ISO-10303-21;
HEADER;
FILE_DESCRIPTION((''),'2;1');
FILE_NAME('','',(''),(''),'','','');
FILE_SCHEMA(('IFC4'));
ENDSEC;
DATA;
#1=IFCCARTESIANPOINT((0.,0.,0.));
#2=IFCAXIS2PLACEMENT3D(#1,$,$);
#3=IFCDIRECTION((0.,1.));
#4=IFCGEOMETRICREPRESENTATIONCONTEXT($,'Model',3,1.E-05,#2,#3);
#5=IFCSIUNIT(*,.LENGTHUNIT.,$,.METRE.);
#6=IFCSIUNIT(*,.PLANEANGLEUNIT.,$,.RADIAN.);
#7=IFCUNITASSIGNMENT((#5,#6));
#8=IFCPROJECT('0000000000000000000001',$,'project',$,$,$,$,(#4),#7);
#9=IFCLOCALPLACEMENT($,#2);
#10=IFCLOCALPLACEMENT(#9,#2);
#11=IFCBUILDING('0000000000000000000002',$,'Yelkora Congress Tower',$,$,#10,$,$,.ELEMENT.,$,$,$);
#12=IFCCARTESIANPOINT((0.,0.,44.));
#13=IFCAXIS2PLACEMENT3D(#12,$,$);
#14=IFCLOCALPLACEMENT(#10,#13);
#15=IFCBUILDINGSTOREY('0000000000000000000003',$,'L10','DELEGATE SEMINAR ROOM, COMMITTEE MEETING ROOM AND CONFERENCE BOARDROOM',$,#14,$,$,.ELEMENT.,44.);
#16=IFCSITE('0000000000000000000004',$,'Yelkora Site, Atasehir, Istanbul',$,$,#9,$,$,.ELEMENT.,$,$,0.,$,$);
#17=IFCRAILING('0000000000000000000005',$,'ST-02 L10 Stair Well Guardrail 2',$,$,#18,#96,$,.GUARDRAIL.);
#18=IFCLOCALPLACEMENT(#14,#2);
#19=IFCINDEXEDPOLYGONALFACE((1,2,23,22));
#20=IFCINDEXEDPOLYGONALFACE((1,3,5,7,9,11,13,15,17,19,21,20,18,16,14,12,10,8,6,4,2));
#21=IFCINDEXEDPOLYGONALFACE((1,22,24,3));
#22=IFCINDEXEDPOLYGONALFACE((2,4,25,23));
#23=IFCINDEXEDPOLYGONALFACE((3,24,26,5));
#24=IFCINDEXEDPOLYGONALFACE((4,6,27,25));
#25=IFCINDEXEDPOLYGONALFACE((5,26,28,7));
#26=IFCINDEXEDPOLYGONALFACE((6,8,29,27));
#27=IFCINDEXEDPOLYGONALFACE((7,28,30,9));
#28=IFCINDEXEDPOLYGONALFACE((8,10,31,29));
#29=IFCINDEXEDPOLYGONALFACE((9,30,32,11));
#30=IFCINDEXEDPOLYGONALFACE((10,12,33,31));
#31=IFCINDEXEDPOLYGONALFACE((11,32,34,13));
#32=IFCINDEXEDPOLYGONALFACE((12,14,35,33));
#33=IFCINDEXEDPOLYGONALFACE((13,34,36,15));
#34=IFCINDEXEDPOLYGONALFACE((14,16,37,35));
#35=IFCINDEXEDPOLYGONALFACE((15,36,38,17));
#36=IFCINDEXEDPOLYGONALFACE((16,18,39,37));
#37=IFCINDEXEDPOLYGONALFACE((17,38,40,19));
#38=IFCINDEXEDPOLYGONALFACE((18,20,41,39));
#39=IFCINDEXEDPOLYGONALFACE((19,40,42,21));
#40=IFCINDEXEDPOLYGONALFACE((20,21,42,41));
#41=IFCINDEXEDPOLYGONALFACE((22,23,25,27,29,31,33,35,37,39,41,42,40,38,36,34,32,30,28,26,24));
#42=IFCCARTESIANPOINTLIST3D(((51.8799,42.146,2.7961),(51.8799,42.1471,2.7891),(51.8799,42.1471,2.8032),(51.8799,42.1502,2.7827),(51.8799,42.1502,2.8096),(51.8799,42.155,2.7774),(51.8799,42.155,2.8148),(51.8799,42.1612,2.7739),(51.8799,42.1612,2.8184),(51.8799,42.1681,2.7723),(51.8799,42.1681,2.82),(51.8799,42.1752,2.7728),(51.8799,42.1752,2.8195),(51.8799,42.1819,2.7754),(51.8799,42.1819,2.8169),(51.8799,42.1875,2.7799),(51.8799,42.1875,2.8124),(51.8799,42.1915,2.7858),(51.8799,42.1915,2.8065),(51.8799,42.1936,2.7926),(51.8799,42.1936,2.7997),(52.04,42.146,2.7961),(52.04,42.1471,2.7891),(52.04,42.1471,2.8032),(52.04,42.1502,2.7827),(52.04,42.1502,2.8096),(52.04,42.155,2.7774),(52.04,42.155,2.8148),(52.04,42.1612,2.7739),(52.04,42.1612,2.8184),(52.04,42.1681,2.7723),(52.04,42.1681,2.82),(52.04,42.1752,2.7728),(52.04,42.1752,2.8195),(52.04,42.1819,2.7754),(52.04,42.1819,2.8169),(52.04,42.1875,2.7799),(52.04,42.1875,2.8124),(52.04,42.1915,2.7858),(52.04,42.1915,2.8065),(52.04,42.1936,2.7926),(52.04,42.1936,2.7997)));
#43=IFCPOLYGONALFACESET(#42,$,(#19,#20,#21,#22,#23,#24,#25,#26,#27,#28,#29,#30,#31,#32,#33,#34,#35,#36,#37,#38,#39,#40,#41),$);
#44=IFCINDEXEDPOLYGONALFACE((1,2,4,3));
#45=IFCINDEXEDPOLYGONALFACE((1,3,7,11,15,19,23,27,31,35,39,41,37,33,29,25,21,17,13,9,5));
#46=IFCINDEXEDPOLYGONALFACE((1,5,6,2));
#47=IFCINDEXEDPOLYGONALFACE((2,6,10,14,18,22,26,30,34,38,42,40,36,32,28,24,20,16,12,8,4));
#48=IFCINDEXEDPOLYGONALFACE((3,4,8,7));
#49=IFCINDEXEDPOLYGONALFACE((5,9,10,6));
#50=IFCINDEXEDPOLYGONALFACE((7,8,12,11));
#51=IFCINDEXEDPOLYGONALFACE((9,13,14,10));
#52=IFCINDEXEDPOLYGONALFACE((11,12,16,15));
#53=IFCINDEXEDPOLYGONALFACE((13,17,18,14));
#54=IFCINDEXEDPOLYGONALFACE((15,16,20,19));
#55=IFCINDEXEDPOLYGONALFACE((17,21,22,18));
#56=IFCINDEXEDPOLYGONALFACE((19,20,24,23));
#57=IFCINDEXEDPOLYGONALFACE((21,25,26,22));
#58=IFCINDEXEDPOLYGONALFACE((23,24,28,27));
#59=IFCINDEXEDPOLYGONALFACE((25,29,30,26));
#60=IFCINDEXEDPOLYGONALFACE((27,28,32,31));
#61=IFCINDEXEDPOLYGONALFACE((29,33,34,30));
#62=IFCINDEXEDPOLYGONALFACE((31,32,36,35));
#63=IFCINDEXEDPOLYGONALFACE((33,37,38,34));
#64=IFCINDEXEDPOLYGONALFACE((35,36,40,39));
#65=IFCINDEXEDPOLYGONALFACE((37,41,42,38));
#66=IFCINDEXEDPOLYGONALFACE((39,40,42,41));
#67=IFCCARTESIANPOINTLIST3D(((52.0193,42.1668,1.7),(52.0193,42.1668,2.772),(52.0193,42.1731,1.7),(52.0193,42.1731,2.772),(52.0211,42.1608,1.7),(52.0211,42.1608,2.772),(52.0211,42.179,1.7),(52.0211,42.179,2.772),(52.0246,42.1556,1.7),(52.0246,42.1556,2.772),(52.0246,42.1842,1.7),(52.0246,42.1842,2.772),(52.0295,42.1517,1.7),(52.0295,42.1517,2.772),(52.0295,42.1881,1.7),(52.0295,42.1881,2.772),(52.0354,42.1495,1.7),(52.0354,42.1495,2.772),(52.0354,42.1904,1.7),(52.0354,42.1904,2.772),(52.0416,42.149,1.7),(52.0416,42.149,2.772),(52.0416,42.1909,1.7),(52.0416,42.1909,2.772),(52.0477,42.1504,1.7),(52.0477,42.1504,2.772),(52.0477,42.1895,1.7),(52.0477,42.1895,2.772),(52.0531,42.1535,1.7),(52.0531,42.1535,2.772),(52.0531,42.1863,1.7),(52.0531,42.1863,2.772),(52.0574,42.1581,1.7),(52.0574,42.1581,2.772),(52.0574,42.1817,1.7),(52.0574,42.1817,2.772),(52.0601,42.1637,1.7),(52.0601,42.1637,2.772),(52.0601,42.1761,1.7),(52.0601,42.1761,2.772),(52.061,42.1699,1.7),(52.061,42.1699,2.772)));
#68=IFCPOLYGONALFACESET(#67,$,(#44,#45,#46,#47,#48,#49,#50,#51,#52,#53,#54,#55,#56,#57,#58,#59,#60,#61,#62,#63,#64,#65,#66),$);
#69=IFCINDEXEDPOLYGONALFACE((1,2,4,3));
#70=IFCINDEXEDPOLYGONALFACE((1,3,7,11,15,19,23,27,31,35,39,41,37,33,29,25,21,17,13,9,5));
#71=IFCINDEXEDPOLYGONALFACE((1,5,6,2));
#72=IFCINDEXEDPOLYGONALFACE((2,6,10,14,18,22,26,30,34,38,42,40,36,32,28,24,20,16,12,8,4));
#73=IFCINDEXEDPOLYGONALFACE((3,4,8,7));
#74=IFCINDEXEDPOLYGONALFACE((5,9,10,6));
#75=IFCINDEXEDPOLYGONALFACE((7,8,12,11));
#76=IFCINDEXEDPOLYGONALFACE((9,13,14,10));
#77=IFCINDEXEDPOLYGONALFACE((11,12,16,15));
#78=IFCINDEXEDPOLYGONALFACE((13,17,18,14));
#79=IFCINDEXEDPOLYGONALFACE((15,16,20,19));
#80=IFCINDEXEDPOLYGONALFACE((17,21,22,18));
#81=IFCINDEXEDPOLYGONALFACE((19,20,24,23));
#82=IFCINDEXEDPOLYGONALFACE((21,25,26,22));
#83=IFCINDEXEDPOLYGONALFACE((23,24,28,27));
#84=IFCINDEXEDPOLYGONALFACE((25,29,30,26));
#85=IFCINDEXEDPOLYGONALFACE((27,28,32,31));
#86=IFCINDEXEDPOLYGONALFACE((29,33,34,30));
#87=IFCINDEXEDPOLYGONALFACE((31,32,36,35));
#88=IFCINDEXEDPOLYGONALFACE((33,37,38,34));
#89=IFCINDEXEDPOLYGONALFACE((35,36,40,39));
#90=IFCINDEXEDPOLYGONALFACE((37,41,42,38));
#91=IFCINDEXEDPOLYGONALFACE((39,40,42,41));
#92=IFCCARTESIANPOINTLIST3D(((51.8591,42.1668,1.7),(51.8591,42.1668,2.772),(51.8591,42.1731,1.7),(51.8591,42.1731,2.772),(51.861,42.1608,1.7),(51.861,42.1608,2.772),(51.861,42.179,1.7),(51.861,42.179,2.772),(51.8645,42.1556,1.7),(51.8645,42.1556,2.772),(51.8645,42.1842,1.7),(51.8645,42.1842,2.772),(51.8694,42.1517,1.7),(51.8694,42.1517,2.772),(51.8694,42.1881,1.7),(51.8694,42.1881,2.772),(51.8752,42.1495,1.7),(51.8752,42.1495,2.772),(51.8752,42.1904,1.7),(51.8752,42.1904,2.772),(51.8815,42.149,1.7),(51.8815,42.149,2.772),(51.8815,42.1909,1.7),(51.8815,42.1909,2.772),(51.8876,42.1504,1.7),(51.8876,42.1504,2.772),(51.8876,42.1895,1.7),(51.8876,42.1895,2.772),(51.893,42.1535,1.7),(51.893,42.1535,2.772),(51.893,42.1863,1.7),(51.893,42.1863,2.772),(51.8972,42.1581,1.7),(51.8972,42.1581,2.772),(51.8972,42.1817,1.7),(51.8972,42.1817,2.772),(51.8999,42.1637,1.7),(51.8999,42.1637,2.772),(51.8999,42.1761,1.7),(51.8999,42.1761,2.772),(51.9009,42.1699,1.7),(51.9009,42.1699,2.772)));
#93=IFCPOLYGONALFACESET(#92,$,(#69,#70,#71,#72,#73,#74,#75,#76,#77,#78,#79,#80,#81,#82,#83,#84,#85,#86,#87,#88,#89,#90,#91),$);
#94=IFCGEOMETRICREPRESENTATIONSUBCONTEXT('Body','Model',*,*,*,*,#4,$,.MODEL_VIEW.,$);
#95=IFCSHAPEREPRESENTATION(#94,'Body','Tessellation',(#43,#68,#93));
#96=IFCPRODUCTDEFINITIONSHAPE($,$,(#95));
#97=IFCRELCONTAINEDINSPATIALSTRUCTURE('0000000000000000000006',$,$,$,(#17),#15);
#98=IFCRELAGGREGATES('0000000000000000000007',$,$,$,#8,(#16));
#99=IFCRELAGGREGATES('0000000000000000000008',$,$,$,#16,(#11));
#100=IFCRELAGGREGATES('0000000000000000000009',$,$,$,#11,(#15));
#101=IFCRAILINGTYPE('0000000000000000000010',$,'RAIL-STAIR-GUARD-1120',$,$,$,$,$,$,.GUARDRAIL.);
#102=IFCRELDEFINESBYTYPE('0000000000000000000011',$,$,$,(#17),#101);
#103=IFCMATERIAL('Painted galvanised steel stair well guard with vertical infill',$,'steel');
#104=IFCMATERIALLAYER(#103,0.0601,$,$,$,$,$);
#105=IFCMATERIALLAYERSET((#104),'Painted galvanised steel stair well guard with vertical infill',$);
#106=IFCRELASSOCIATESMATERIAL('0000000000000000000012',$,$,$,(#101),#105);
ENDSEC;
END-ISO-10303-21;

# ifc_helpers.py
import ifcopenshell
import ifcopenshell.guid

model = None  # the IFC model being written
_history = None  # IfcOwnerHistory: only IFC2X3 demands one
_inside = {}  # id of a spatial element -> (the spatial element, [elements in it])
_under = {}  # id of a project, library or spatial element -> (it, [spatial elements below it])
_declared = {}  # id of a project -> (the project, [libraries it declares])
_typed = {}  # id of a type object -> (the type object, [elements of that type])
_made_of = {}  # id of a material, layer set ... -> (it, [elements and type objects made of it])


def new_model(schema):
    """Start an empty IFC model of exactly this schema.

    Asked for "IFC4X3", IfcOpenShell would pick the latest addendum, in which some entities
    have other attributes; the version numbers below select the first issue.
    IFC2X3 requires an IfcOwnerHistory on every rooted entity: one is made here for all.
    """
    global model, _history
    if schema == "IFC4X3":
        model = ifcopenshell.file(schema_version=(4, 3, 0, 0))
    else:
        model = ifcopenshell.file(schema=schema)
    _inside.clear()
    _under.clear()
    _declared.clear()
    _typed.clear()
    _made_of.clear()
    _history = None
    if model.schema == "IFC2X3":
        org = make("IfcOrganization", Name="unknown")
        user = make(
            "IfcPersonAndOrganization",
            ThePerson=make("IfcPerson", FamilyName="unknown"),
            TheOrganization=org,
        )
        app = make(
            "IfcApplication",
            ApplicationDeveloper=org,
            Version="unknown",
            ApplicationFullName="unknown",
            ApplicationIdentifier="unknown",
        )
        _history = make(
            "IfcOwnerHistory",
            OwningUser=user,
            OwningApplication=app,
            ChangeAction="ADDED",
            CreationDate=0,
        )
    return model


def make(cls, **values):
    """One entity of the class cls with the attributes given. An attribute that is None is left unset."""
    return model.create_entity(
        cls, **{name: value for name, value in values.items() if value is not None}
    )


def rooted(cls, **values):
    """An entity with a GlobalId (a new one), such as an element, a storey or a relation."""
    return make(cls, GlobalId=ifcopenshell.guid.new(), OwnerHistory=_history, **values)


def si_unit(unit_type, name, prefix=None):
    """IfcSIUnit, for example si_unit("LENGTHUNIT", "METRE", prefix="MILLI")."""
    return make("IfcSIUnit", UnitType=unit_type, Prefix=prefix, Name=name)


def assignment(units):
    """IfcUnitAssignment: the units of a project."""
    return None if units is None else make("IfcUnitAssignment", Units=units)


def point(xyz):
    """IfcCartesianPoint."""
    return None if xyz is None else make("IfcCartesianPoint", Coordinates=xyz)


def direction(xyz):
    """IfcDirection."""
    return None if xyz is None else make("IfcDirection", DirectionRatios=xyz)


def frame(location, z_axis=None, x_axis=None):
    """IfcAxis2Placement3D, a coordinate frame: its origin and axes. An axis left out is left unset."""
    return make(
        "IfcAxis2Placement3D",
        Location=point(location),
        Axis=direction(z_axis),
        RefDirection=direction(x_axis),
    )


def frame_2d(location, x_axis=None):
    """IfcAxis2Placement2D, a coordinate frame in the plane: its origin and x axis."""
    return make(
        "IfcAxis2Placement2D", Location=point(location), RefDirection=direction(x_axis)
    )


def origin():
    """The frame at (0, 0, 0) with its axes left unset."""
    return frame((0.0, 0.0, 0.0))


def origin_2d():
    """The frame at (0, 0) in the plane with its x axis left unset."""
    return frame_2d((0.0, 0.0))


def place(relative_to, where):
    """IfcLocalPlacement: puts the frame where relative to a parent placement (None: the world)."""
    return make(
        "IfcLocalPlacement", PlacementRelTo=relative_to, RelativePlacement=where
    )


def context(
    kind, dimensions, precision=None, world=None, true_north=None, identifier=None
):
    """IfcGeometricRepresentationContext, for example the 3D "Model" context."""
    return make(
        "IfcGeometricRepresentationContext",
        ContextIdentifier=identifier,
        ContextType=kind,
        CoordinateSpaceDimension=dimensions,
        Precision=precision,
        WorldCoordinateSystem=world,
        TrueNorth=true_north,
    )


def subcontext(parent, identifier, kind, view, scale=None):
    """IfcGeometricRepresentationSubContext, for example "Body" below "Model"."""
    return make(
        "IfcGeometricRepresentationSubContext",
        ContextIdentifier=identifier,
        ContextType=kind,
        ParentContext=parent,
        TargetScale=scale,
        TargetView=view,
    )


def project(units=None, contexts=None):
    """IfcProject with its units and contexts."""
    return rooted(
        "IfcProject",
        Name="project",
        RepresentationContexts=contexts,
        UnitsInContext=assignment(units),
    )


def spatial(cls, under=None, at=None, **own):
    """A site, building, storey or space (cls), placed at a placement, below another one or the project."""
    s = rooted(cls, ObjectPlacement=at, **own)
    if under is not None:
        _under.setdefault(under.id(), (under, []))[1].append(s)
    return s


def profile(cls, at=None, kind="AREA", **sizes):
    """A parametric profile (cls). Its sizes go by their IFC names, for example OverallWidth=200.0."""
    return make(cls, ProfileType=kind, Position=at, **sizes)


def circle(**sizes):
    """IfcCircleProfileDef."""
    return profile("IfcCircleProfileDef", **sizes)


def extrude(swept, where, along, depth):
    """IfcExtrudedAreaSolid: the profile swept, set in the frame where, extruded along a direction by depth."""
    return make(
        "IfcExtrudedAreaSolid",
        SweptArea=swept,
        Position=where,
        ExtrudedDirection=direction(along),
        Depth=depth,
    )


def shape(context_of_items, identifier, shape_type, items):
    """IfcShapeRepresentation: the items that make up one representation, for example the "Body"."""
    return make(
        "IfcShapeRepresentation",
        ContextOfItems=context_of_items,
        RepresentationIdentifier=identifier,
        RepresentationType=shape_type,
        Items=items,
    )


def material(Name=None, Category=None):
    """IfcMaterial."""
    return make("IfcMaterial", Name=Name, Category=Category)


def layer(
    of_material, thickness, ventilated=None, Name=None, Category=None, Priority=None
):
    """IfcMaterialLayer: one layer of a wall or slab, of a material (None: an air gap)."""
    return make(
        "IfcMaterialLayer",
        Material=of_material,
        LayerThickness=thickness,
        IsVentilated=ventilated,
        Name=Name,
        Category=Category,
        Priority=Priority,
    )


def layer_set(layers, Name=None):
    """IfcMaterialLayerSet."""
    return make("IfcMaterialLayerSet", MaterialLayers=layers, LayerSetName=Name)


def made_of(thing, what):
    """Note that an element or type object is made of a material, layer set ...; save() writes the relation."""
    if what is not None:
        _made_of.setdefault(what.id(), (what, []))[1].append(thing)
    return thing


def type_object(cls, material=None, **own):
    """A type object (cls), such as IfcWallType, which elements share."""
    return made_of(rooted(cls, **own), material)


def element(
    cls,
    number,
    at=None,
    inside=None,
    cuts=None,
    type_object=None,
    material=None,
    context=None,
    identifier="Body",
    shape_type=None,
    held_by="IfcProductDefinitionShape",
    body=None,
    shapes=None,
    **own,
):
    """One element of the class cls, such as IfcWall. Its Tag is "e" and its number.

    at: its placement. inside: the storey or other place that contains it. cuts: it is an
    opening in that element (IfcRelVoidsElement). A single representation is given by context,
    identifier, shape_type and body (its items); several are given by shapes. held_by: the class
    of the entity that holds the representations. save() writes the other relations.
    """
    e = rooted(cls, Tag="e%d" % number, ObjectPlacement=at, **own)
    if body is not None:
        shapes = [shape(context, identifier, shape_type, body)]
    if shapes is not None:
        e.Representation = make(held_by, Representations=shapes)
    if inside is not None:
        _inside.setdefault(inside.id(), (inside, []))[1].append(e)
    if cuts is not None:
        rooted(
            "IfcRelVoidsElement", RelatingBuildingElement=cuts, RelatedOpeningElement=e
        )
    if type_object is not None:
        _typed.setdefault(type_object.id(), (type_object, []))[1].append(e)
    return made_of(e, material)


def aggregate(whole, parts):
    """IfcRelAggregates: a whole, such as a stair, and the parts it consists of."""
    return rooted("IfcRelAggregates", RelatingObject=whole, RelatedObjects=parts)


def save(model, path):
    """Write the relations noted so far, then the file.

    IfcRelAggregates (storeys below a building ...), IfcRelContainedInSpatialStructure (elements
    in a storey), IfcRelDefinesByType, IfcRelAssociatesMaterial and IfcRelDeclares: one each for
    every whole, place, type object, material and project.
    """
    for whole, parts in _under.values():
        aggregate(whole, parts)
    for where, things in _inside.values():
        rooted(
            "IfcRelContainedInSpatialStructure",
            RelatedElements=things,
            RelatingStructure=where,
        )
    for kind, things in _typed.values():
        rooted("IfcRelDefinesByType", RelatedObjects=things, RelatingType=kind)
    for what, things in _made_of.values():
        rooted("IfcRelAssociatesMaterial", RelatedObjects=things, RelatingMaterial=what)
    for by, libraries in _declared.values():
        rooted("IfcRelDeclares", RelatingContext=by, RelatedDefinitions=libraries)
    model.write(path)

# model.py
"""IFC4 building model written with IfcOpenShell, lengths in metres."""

from ifc_helpers import new_model, si_unit, direction, frame, origin, origin_2d, place, context, subcontext, project, spatial, circle, extrude, material, layer, layer_set, type_object, element, save


model = new_model("IFC4")

# Units and contexts
model_context = context("Model", 3, precision=1e-05, world=origin(), true_north=direction((0.0, 1.0)))
body_context = subcontext(model_context, "Body", "Model", "MODEL_VIEW")
ifc_project = project(units=[si_unit("LENGTHUNIT", "METRE"), si_unit("PLANEANGLEUNIT", "RADIAN")], contexts=[model_context])

# Site, building, storey
site_placement = place(None, origin())
site = spatial("IfcSite", under=ifc_project, at=site_placement, Name="Yelkora Site, Atasehir, Istanbul", CompositionType="ELEMENT", RefElevation=0.0)
building_placement = place(site_placement, origin())
building = spatial("IfcBuilding", under=site, at=building_placement, Name="Yelkora Congress Tower", CompositionType="ELEMENT")
storey_placement = place(building_placement, frame((0.0, 0.0, 44.0)))
storey = spatial("IfcBuildingStorey", under=building, at=storey_placement, Name="L10", Description="DELEGATE SEMINAR ROOM, COMMITTEE MEETING ROOM AND CONFERENCE BOARDROOM", CompositionType="ELEMENT", Elevation=44.0)

# Railing
ifc_material_1 = material(Name="Painted galvanised steel stair well guard with vertical infill", Category="steel")
ifc_layer_1 = layer(ifc_material_1, 0.0601)
ifc_layer_set_1 = layer_set([ifc_layer_1], Name="Painted galvanised steel stair well guard with vertical infill")
railing_type_1 = type_object("IfcRailingType", Name="RAIL-STAIR-GUARD-1120", PredefinedType="GUARDRAIL", material=ifc_layer_set_1)
railing_1_placement = place(storey_placement, frame((52.04, 42.1699, 1.7)))
element("IfcRailing", 1, at=railing_1_placement, inside=storey, type_object=railing_type_1, Name="ST-02 L10 Stair Well Guardrail 2", PredefinedType="GUARDRAIL", context=body_context, shape_type="SweptSolid", body=[
    extrude(circle(Radius=0.0239, at=origin_2d()), frame((0.0, 0.0, 1.0962), z_axis=(-1.0, 0.0, 0.0), x_axis=(0.0, -1.0, 0.0)), (0.0, 0.0, 1.0), 0.1602),
    extrude(circle(Radius=0.021, at=origin_2d()), origin(), (0.0, 0.0, 1.0), 1.072),
    extrude(circle(Radius=0.021, at=origin_2d()), frame((-0.1602, 0.0, 0.0)), (0.0, 0.0, 1.0), 1.072),
])

save(model, "model.ifc")
